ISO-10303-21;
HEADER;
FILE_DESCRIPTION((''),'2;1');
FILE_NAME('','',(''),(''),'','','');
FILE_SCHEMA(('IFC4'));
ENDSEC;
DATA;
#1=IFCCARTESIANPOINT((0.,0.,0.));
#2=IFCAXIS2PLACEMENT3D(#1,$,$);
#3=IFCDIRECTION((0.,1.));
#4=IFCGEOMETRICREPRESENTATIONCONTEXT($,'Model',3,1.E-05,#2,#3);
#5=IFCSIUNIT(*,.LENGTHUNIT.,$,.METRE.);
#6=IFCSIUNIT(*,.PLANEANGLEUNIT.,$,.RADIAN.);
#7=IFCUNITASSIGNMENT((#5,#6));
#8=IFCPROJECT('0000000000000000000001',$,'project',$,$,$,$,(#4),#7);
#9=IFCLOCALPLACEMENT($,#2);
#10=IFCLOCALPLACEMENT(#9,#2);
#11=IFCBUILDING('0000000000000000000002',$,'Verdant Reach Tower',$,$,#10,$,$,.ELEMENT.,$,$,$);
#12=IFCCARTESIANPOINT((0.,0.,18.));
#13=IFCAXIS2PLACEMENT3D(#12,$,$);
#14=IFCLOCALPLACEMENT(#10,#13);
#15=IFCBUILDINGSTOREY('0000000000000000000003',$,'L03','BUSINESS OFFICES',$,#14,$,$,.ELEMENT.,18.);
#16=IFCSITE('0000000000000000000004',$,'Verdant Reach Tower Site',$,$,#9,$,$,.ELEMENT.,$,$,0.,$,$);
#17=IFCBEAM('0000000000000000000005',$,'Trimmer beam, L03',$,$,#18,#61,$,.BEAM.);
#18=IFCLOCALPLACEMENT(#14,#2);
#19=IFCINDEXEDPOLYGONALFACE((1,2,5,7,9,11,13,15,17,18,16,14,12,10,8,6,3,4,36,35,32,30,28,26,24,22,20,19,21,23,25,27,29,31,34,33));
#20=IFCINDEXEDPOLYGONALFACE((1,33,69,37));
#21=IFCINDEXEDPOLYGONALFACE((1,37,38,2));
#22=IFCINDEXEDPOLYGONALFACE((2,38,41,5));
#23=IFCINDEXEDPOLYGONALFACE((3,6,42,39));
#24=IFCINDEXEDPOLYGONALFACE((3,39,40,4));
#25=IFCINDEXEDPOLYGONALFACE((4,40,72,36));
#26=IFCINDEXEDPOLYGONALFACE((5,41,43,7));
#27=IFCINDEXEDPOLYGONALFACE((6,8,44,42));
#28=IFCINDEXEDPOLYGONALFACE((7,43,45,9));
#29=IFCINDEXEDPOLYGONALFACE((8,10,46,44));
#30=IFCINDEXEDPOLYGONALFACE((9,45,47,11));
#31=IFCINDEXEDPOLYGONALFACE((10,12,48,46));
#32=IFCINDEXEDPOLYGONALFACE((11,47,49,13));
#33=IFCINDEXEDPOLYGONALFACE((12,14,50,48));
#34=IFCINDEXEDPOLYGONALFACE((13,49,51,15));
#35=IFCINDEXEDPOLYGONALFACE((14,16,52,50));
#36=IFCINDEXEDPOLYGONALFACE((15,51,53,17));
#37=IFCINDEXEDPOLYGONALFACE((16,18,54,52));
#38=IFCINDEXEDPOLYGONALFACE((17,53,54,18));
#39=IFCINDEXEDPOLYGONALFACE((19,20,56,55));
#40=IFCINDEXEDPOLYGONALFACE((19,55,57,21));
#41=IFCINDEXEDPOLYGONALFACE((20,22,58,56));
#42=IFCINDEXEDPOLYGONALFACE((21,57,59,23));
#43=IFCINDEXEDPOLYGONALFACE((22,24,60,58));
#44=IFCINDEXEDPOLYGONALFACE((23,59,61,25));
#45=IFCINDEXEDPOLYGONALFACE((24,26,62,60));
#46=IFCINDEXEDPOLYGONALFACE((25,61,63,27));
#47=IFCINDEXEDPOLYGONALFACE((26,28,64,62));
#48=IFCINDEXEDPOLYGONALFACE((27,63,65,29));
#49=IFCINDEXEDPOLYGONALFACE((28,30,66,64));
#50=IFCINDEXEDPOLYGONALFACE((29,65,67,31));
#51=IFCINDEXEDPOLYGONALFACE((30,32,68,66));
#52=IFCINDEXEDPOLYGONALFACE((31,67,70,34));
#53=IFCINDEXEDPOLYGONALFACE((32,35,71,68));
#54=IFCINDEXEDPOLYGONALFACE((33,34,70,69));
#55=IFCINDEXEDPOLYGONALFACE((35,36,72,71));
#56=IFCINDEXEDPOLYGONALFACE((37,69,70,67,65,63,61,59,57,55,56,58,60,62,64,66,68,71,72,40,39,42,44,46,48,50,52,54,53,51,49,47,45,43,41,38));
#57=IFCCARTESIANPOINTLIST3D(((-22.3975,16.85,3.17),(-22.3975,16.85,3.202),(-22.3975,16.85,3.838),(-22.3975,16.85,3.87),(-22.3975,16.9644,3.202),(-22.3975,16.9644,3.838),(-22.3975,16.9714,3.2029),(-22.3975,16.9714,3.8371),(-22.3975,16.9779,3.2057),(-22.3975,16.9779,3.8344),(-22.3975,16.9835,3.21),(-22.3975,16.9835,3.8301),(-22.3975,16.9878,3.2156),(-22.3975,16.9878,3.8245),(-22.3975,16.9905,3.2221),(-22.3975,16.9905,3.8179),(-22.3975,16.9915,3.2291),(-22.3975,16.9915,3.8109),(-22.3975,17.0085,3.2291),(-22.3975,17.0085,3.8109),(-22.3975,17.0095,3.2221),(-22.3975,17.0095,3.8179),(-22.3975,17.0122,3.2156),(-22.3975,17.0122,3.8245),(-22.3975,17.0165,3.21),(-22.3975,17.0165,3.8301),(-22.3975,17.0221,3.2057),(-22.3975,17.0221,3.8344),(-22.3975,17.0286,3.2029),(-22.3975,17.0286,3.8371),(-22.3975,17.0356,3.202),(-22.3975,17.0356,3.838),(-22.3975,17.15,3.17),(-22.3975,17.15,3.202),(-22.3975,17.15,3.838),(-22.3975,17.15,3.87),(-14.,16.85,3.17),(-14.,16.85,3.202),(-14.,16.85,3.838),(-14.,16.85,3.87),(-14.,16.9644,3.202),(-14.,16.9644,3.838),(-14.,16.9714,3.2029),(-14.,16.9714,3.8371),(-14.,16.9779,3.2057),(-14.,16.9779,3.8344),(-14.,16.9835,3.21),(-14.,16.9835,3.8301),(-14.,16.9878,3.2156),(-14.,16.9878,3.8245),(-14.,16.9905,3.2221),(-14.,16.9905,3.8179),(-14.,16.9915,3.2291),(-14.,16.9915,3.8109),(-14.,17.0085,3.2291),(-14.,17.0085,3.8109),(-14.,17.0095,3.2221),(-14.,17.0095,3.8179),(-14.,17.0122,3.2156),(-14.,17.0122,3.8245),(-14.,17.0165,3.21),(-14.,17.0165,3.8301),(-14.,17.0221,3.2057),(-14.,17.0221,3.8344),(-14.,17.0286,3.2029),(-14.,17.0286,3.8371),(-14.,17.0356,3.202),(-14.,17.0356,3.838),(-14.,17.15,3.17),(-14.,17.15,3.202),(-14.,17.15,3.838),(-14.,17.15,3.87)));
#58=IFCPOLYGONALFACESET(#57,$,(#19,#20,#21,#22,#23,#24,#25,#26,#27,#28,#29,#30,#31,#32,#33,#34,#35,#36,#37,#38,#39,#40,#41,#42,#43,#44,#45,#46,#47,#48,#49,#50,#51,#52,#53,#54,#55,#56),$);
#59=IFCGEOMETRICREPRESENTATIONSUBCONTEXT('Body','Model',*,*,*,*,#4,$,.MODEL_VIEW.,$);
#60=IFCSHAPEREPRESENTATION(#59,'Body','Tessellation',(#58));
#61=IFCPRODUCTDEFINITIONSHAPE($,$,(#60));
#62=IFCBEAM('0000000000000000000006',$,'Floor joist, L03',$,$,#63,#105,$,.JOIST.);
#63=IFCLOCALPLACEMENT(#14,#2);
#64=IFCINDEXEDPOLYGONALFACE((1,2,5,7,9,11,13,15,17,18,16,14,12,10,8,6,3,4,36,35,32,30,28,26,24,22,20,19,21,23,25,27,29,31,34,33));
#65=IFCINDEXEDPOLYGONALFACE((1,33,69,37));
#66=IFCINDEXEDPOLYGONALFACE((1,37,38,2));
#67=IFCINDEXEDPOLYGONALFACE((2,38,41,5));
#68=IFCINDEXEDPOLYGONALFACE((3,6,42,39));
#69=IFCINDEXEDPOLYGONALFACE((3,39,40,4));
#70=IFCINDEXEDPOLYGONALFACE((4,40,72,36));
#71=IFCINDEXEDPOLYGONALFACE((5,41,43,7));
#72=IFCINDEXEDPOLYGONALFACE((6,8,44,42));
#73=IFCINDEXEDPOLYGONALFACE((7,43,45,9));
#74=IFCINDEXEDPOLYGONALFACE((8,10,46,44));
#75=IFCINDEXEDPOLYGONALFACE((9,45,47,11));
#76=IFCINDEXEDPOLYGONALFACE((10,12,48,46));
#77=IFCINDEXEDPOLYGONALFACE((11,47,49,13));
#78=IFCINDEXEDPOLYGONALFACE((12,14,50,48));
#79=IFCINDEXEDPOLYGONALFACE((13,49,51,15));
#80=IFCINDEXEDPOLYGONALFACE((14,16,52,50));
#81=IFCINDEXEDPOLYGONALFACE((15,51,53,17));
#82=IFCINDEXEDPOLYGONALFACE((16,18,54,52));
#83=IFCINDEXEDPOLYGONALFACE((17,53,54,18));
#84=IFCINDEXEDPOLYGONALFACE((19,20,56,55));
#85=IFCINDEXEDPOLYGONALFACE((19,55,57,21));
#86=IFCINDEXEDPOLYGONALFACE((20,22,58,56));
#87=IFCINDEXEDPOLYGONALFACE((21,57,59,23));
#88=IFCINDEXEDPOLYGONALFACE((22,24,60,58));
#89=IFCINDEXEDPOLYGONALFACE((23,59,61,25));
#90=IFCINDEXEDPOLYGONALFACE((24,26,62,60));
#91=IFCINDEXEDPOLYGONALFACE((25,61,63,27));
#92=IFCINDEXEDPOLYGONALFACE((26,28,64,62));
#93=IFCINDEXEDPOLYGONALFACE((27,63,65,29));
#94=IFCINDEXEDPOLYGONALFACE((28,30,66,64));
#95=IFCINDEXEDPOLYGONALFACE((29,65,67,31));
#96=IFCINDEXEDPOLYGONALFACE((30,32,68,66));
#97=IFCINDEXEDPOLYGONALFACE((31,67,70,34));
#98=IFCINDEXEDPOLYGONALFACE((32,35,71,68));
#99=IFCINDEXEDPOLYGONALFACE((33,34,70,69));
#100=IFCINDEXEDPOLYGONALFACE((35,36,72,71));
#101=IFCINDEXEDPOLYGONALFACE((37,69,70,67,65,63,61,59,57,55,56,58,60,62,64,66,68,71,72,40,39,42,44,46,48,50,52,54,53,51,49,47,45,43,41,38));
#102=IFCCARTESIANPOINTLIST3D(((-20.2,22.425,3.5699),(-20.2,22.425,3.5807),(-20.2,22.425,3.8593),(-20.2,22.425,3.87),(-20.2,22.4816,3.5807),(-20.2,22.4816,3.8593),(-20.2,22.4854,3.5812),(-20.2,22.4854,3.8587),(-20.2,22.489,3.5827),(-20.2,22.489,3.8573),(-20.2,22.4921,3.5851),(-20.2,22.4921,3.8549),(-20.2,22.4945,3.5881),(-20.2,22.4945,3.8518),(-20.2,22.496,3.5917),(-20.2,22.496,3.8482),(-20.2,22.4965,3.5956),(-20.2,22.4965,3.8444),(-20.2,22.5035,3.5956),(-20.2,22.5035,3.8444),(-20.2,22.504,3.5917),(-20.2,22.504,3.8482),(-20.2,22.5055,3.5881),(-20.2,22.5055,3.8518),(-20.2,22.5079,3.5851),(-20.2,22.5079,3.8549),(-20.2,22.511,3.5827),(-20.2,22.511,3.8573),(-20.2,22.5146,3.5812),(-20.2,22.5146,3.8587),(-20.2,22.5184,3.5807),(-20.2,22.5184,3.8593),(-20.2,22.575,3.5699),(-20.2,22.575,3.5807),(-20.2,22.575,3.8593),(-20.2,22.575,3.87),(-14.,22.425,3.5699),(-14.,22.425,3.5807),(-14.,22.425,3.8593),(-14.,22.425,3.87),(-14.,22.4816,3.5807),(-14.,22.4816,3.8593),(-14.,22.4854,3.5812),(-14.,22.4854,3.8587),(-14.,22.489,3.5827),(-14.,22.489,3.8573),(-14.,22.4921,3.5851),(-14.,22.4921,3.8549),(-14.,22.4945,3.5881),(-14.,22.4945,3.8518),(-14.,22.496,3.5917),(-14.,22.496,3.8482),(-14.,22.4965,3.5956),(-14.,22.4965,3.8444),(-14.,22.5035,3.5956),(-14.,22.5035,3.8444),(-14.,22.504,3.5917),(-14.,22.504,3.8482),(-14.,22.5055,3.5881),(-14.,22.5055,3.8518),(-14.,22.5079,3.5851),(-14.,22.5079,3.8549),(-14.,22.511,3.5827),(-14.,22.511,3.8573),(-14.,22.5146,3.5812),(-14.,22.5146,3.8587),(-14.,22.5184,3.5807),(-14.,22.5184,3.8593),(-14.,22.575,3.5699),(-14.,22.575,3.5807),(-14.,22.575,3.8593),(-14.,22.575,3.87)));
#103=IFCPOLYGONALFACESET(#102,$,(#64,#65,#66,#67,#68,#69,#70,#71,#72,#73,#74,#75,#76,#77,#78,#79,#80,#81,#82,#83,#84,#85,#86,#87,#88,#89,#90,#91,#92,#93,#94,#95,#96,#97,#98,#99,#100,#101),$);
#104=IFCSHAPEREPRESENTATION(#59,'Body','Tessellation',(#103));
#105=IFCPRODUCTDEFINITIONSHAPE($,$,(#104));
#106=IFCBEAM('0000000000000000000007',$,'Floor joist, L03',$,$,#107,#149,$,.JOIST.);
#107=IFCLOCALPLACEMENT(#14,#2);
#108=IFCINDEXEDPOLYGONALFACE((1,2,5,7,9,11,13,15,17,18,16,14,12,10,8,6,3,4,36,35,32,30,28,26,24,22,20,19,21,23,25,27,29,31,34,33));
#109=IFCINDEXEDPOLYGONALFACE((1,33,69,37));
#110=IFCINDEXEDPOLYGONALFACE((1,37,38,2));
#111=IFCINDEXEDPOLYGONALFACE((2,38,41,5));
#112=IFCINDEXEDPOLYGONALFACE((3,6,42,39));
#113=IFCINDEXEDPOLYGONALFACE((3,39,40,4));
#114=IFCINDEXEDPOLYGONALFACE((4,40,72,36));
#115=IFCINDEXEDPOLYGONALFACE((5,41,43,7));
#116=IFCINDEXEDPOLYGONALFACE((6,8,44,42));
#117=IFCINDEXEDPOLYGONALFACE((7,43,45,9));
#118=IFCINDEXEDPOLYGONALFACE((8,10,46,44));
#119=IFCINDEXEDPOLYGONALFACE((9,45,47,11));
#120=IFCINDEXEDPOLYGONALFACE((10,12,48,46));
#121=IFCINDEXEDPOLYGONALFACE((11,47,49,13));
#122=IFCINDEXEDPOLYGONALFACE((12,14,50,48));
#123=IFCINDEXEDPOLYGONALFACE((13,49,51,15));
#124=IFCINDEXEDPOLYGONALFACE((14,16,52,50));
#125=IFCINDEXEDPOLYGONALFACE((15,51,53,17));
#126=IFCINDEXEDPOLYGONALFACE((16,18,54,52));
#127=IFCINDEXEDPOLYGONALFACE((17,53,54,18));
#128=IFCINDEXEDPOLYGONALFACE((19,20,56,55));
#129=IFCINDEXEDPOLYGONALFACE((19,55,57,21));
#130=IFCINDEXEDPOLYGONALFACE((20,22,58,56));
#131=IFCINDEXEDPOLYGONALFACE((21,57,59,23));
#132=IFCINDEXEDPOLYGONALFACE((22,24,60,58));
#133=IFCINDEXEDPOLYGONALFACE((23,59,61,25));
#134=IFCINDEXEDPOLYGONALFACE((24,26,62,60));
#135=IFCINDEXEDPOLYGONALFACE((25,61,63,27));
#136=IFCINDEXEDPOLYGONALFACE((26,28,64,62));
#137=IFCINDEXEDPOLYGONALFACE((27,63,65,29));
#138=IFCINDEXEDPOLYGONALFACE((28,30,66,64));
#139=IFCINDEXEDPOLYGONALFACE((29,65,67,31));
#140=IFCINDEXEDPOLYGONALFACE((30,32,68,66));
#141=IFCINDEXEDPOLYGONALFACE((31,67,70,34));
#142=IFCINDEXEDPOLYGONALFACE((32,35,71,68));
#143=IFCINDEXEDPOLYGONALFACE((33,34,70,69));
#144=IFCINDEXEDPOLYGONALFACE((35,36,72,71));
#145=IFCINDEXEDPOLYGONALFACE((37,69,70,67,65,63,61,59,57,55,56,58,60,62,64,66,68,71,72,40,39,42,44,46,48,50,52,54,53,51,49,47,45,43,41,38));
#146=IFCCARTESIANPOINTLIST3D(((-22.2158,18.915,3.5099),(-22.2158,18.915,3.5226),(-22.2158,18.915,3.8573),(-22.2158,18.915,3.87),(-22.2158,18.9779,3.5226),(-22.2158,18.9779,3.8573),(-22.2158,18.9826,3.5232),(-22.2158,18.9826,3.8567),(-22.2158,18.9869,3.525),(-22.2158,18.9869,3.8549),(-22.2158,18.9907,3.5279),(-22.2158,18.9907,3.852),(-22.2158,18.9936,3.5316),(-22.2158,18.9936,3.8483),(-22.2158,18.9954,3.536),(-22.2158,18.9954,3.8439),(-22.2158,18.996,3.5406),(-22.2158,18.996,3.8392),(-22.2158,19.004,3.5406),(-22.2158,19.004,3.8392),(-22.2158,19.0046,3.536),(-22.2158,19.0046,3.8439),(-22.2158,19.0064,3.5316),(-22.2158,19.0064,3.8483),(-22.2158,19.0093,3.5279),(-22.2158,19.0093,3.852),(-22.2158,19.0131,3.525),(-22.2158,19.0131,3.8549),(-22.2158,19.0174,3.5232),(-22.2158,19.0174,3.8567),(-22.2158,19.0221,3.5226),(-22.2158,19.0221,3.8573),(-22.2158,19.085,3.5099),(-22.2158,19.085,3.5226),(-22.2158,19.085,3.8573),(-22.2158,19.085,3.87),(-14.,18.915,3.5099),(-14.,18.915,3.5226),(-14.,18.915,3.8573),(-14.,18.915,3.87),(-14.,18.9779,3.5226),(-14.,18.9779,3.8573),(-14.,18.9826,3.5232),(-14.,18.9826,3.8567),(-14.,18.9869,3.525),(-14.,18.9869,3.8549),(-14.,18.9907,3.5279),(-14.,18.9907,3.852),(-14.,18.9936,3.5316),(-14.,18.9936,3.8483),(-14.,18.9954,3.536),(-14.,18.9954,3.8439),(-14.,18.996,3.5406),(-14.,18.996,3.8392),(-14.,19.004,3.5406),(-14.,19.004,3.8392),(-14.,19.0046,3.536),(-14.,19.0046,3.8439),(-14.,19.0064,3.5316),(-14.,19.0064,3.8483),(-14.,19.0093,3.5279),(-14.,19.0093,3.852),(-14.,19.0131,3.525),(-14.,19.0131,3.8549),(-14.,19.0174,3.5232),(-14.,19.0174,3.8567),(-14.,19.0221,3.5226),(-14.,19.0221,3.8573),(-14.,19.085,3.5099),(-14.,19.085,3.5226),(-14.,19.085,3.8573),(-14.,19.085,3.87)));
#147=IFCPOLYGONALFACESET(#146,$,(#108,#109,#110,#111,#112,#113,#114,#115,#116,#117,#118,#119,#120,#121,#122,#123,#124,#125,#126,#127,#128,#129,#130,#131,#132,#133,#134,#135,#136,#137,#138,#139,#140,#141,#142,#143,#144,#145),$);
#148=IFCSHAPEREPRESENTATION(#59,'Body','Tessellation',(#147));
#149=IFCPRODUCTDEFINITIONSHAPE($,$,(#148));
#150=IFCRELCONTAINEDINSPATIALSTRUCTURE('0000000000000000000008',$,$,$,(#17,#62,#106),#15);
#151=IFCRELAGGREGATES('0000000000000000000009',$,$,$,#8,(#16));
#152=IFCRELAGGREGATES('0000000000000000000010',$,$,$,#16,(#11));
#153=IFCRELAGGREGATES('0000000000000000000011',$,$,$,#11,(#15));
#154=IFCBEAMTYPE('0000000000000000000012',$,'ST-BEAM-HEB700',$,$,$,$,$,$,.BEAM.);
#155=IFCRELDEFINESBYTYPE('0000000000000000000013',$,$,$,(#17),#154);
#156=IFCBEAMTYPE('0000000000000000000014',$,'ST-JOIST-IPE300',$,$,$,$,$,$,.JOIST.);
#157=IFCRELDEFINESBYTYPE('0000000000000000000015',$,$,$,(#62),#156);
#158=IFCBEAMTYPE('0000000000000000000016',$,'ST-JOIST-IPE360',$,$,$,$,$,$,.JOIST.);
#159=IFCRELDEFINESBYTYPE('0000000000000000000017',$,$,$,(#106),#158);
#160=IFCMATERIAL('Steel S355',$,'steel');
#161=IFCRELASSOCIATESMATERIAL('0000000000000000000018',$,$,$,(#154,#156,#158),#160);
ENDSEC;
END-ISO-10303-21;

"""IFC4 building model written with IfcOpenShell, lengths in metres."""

from ifc_helpers import new_model, si_unit, direction, frame, origin, origin_2d, place, context, subcontext, project, spatial, i_section, extrude, material, material_profile, profile_set, type_object, element, save


model = new_model("IFC4")

# Units and contexts
model_context = context("Model", 3, precision=1e-05, world=origin(), true_north=direction((0.0, 1.0)))
body_context = subcontext(model_context, "Body", "Model", "MODEL_VIEW")
ifc_project = project(units=[si_unit("LENGTHUNIT", "METRE"), si_unit("PLANEANGLEUNIT", "RADIAN")], contexts=[model_context])

# Site, building, storey
site_placement = place(None, origin())
site = spatial("IfcSite", under=ifc_project, at=site_placement, Name="Verdant Reach Tower Site", CompositionType="ELEMENT", RefElevation=0.0)
building_placement = place(site_placement, origin())
building = spatial("IfcBuilding", under=site, at=building_placement, Name="Verdant Reach Tower", CompositionType="ELEMENT")
storey_placement = place(building_placement, frame((0.0, 0.0, 18.0)))
storey = spatial("IfcBuildingStorey", under=building, at=storey_placement, Name="L03", Description="BUSINESS OFFICES", CompositionType="ELEMENT", Elevation=18.0)

# Beams
ifc_material_1 = material(Name="Steel S355", Category="steel")
ifc_material_profile_1 = material_profile(ifc_material_1, i_section(OverallWidth=0.3, OverallDepth=0.7, WebThickness=0.0171, FlangeThickness=0.032, FilletRadius=0.0271, at=origin_2d()), Name="HEB 700")
ifc_profile_set_1 = profile_set([ifc_material_profile_1], Name="Steel S355")
beam_type_1 = type_object("IfcBeamType", Name="ST-BEAM-HEB700", PredefinedType="BEAM", material=ifc_profile_set_1)
beam_1_placement = place(storey_placement, frame((-14.0, 17.0, 3.52), z_axis=(-1.0, 0.0, 0.0), x_axis=(0.0, -1.0, 0.0)))
element("IfcBeam", 1, at=beam_1_placement, inside=storey, type_object=beam_type_1, Name="Trimmer beam, L03", PredefinedType="BEAM", context=body_context, shape_type="SweptSolid", body=[
    extrude(i_section(OverallWidth=0.3, OverallDepth=0.7, WebThickness=0.0171, FlangeThickness=0.032, FilletRadius=0.0271, at=origin_2d()), origin(), (0.0, 0.0, 1.0), 8.3975),
])
ifc_material_profile_2 = material_profile(ifc_material_1, i_section(OverallWidth=0.1499, OverallDepth=0.3, WebThickness=0.0071, FlangeThickness=0.0107, FilletRadius=0.0149, at=origin_2d()), Name="IPE 300")
ifc_profile_set_2 = profile_set([ifc_material_profile_2], Name="Steel S355")
beam_type_2 = type_object("IfcBeamType", Name="ST-JOIST-IPE300", PredefinedType="JOIST", material=ifc_profile_set_2)
beam_2_placement = place(storey_placement, frame((-14.0, 22.5, 3.72), z_axis=(-1.0, 0.0, 0.0), x_axis=(0.0, -1.0, 0.0)))
element("IfcBeam", 2, at=beam_2_placement, inside=storey, type_object=beam_type_2, Name="Floor joist, L03", PredefinedType="JOIST", context=body_context, shape_type="SweptSolid", body=[
    extrude(i_section(OverallWidth=0.1499, OverallDepth=0.3, WebThickness=0.0071, FlangeThickness=0.0107, FilletRadius=0.0149, at=origin_2d()), origin(), (0.0, 0.0, 1.0), 6.2),
])
ifc_material_profile_3 = material_profile(ifc_material_1, i_section(OverallWidth=0.1699, OverallDepth=0.3601, WebThickness=0.0081, FlangeThickness=0.0127, FilletRadius=0.0181, at=origin_2d()), Name="IPE 360")
ifc_profile_set_3 = profile_set([ifc_material_profile_3], Name="Steel S355")
beam_type_3 = type_object("IfcBeamType", Name="ST-JOIST-IPE360", PredefinedType="JOIST", material=ifc_profile_set_3)
beam_3_placement = place(storey_placement, frame((-14.0, 19.0, 3.6899), z_axis=(-1.0, 0.0, 0.0), x_axis=(0.0, -1.0, 0.0)))
element("IfcBeam", 3, at=beam_3_placement, inside=storey, type_object=beam_type_3, Name="Floor joist, L03", PredefinedType="JOIST", context=body_context, shape_type="SweptSolid", body=[
    extrude(i_section(OverallWidth=0.1699, OverallDepth=0.3601, WebThickness=0.0081, FlangeThickness=0.0127, FilletRadius=0.0181, at=origin_2d()), origin(), (0.0, 0.0, 1.0), 8.2158),
])

save(model, "model.ifc")
